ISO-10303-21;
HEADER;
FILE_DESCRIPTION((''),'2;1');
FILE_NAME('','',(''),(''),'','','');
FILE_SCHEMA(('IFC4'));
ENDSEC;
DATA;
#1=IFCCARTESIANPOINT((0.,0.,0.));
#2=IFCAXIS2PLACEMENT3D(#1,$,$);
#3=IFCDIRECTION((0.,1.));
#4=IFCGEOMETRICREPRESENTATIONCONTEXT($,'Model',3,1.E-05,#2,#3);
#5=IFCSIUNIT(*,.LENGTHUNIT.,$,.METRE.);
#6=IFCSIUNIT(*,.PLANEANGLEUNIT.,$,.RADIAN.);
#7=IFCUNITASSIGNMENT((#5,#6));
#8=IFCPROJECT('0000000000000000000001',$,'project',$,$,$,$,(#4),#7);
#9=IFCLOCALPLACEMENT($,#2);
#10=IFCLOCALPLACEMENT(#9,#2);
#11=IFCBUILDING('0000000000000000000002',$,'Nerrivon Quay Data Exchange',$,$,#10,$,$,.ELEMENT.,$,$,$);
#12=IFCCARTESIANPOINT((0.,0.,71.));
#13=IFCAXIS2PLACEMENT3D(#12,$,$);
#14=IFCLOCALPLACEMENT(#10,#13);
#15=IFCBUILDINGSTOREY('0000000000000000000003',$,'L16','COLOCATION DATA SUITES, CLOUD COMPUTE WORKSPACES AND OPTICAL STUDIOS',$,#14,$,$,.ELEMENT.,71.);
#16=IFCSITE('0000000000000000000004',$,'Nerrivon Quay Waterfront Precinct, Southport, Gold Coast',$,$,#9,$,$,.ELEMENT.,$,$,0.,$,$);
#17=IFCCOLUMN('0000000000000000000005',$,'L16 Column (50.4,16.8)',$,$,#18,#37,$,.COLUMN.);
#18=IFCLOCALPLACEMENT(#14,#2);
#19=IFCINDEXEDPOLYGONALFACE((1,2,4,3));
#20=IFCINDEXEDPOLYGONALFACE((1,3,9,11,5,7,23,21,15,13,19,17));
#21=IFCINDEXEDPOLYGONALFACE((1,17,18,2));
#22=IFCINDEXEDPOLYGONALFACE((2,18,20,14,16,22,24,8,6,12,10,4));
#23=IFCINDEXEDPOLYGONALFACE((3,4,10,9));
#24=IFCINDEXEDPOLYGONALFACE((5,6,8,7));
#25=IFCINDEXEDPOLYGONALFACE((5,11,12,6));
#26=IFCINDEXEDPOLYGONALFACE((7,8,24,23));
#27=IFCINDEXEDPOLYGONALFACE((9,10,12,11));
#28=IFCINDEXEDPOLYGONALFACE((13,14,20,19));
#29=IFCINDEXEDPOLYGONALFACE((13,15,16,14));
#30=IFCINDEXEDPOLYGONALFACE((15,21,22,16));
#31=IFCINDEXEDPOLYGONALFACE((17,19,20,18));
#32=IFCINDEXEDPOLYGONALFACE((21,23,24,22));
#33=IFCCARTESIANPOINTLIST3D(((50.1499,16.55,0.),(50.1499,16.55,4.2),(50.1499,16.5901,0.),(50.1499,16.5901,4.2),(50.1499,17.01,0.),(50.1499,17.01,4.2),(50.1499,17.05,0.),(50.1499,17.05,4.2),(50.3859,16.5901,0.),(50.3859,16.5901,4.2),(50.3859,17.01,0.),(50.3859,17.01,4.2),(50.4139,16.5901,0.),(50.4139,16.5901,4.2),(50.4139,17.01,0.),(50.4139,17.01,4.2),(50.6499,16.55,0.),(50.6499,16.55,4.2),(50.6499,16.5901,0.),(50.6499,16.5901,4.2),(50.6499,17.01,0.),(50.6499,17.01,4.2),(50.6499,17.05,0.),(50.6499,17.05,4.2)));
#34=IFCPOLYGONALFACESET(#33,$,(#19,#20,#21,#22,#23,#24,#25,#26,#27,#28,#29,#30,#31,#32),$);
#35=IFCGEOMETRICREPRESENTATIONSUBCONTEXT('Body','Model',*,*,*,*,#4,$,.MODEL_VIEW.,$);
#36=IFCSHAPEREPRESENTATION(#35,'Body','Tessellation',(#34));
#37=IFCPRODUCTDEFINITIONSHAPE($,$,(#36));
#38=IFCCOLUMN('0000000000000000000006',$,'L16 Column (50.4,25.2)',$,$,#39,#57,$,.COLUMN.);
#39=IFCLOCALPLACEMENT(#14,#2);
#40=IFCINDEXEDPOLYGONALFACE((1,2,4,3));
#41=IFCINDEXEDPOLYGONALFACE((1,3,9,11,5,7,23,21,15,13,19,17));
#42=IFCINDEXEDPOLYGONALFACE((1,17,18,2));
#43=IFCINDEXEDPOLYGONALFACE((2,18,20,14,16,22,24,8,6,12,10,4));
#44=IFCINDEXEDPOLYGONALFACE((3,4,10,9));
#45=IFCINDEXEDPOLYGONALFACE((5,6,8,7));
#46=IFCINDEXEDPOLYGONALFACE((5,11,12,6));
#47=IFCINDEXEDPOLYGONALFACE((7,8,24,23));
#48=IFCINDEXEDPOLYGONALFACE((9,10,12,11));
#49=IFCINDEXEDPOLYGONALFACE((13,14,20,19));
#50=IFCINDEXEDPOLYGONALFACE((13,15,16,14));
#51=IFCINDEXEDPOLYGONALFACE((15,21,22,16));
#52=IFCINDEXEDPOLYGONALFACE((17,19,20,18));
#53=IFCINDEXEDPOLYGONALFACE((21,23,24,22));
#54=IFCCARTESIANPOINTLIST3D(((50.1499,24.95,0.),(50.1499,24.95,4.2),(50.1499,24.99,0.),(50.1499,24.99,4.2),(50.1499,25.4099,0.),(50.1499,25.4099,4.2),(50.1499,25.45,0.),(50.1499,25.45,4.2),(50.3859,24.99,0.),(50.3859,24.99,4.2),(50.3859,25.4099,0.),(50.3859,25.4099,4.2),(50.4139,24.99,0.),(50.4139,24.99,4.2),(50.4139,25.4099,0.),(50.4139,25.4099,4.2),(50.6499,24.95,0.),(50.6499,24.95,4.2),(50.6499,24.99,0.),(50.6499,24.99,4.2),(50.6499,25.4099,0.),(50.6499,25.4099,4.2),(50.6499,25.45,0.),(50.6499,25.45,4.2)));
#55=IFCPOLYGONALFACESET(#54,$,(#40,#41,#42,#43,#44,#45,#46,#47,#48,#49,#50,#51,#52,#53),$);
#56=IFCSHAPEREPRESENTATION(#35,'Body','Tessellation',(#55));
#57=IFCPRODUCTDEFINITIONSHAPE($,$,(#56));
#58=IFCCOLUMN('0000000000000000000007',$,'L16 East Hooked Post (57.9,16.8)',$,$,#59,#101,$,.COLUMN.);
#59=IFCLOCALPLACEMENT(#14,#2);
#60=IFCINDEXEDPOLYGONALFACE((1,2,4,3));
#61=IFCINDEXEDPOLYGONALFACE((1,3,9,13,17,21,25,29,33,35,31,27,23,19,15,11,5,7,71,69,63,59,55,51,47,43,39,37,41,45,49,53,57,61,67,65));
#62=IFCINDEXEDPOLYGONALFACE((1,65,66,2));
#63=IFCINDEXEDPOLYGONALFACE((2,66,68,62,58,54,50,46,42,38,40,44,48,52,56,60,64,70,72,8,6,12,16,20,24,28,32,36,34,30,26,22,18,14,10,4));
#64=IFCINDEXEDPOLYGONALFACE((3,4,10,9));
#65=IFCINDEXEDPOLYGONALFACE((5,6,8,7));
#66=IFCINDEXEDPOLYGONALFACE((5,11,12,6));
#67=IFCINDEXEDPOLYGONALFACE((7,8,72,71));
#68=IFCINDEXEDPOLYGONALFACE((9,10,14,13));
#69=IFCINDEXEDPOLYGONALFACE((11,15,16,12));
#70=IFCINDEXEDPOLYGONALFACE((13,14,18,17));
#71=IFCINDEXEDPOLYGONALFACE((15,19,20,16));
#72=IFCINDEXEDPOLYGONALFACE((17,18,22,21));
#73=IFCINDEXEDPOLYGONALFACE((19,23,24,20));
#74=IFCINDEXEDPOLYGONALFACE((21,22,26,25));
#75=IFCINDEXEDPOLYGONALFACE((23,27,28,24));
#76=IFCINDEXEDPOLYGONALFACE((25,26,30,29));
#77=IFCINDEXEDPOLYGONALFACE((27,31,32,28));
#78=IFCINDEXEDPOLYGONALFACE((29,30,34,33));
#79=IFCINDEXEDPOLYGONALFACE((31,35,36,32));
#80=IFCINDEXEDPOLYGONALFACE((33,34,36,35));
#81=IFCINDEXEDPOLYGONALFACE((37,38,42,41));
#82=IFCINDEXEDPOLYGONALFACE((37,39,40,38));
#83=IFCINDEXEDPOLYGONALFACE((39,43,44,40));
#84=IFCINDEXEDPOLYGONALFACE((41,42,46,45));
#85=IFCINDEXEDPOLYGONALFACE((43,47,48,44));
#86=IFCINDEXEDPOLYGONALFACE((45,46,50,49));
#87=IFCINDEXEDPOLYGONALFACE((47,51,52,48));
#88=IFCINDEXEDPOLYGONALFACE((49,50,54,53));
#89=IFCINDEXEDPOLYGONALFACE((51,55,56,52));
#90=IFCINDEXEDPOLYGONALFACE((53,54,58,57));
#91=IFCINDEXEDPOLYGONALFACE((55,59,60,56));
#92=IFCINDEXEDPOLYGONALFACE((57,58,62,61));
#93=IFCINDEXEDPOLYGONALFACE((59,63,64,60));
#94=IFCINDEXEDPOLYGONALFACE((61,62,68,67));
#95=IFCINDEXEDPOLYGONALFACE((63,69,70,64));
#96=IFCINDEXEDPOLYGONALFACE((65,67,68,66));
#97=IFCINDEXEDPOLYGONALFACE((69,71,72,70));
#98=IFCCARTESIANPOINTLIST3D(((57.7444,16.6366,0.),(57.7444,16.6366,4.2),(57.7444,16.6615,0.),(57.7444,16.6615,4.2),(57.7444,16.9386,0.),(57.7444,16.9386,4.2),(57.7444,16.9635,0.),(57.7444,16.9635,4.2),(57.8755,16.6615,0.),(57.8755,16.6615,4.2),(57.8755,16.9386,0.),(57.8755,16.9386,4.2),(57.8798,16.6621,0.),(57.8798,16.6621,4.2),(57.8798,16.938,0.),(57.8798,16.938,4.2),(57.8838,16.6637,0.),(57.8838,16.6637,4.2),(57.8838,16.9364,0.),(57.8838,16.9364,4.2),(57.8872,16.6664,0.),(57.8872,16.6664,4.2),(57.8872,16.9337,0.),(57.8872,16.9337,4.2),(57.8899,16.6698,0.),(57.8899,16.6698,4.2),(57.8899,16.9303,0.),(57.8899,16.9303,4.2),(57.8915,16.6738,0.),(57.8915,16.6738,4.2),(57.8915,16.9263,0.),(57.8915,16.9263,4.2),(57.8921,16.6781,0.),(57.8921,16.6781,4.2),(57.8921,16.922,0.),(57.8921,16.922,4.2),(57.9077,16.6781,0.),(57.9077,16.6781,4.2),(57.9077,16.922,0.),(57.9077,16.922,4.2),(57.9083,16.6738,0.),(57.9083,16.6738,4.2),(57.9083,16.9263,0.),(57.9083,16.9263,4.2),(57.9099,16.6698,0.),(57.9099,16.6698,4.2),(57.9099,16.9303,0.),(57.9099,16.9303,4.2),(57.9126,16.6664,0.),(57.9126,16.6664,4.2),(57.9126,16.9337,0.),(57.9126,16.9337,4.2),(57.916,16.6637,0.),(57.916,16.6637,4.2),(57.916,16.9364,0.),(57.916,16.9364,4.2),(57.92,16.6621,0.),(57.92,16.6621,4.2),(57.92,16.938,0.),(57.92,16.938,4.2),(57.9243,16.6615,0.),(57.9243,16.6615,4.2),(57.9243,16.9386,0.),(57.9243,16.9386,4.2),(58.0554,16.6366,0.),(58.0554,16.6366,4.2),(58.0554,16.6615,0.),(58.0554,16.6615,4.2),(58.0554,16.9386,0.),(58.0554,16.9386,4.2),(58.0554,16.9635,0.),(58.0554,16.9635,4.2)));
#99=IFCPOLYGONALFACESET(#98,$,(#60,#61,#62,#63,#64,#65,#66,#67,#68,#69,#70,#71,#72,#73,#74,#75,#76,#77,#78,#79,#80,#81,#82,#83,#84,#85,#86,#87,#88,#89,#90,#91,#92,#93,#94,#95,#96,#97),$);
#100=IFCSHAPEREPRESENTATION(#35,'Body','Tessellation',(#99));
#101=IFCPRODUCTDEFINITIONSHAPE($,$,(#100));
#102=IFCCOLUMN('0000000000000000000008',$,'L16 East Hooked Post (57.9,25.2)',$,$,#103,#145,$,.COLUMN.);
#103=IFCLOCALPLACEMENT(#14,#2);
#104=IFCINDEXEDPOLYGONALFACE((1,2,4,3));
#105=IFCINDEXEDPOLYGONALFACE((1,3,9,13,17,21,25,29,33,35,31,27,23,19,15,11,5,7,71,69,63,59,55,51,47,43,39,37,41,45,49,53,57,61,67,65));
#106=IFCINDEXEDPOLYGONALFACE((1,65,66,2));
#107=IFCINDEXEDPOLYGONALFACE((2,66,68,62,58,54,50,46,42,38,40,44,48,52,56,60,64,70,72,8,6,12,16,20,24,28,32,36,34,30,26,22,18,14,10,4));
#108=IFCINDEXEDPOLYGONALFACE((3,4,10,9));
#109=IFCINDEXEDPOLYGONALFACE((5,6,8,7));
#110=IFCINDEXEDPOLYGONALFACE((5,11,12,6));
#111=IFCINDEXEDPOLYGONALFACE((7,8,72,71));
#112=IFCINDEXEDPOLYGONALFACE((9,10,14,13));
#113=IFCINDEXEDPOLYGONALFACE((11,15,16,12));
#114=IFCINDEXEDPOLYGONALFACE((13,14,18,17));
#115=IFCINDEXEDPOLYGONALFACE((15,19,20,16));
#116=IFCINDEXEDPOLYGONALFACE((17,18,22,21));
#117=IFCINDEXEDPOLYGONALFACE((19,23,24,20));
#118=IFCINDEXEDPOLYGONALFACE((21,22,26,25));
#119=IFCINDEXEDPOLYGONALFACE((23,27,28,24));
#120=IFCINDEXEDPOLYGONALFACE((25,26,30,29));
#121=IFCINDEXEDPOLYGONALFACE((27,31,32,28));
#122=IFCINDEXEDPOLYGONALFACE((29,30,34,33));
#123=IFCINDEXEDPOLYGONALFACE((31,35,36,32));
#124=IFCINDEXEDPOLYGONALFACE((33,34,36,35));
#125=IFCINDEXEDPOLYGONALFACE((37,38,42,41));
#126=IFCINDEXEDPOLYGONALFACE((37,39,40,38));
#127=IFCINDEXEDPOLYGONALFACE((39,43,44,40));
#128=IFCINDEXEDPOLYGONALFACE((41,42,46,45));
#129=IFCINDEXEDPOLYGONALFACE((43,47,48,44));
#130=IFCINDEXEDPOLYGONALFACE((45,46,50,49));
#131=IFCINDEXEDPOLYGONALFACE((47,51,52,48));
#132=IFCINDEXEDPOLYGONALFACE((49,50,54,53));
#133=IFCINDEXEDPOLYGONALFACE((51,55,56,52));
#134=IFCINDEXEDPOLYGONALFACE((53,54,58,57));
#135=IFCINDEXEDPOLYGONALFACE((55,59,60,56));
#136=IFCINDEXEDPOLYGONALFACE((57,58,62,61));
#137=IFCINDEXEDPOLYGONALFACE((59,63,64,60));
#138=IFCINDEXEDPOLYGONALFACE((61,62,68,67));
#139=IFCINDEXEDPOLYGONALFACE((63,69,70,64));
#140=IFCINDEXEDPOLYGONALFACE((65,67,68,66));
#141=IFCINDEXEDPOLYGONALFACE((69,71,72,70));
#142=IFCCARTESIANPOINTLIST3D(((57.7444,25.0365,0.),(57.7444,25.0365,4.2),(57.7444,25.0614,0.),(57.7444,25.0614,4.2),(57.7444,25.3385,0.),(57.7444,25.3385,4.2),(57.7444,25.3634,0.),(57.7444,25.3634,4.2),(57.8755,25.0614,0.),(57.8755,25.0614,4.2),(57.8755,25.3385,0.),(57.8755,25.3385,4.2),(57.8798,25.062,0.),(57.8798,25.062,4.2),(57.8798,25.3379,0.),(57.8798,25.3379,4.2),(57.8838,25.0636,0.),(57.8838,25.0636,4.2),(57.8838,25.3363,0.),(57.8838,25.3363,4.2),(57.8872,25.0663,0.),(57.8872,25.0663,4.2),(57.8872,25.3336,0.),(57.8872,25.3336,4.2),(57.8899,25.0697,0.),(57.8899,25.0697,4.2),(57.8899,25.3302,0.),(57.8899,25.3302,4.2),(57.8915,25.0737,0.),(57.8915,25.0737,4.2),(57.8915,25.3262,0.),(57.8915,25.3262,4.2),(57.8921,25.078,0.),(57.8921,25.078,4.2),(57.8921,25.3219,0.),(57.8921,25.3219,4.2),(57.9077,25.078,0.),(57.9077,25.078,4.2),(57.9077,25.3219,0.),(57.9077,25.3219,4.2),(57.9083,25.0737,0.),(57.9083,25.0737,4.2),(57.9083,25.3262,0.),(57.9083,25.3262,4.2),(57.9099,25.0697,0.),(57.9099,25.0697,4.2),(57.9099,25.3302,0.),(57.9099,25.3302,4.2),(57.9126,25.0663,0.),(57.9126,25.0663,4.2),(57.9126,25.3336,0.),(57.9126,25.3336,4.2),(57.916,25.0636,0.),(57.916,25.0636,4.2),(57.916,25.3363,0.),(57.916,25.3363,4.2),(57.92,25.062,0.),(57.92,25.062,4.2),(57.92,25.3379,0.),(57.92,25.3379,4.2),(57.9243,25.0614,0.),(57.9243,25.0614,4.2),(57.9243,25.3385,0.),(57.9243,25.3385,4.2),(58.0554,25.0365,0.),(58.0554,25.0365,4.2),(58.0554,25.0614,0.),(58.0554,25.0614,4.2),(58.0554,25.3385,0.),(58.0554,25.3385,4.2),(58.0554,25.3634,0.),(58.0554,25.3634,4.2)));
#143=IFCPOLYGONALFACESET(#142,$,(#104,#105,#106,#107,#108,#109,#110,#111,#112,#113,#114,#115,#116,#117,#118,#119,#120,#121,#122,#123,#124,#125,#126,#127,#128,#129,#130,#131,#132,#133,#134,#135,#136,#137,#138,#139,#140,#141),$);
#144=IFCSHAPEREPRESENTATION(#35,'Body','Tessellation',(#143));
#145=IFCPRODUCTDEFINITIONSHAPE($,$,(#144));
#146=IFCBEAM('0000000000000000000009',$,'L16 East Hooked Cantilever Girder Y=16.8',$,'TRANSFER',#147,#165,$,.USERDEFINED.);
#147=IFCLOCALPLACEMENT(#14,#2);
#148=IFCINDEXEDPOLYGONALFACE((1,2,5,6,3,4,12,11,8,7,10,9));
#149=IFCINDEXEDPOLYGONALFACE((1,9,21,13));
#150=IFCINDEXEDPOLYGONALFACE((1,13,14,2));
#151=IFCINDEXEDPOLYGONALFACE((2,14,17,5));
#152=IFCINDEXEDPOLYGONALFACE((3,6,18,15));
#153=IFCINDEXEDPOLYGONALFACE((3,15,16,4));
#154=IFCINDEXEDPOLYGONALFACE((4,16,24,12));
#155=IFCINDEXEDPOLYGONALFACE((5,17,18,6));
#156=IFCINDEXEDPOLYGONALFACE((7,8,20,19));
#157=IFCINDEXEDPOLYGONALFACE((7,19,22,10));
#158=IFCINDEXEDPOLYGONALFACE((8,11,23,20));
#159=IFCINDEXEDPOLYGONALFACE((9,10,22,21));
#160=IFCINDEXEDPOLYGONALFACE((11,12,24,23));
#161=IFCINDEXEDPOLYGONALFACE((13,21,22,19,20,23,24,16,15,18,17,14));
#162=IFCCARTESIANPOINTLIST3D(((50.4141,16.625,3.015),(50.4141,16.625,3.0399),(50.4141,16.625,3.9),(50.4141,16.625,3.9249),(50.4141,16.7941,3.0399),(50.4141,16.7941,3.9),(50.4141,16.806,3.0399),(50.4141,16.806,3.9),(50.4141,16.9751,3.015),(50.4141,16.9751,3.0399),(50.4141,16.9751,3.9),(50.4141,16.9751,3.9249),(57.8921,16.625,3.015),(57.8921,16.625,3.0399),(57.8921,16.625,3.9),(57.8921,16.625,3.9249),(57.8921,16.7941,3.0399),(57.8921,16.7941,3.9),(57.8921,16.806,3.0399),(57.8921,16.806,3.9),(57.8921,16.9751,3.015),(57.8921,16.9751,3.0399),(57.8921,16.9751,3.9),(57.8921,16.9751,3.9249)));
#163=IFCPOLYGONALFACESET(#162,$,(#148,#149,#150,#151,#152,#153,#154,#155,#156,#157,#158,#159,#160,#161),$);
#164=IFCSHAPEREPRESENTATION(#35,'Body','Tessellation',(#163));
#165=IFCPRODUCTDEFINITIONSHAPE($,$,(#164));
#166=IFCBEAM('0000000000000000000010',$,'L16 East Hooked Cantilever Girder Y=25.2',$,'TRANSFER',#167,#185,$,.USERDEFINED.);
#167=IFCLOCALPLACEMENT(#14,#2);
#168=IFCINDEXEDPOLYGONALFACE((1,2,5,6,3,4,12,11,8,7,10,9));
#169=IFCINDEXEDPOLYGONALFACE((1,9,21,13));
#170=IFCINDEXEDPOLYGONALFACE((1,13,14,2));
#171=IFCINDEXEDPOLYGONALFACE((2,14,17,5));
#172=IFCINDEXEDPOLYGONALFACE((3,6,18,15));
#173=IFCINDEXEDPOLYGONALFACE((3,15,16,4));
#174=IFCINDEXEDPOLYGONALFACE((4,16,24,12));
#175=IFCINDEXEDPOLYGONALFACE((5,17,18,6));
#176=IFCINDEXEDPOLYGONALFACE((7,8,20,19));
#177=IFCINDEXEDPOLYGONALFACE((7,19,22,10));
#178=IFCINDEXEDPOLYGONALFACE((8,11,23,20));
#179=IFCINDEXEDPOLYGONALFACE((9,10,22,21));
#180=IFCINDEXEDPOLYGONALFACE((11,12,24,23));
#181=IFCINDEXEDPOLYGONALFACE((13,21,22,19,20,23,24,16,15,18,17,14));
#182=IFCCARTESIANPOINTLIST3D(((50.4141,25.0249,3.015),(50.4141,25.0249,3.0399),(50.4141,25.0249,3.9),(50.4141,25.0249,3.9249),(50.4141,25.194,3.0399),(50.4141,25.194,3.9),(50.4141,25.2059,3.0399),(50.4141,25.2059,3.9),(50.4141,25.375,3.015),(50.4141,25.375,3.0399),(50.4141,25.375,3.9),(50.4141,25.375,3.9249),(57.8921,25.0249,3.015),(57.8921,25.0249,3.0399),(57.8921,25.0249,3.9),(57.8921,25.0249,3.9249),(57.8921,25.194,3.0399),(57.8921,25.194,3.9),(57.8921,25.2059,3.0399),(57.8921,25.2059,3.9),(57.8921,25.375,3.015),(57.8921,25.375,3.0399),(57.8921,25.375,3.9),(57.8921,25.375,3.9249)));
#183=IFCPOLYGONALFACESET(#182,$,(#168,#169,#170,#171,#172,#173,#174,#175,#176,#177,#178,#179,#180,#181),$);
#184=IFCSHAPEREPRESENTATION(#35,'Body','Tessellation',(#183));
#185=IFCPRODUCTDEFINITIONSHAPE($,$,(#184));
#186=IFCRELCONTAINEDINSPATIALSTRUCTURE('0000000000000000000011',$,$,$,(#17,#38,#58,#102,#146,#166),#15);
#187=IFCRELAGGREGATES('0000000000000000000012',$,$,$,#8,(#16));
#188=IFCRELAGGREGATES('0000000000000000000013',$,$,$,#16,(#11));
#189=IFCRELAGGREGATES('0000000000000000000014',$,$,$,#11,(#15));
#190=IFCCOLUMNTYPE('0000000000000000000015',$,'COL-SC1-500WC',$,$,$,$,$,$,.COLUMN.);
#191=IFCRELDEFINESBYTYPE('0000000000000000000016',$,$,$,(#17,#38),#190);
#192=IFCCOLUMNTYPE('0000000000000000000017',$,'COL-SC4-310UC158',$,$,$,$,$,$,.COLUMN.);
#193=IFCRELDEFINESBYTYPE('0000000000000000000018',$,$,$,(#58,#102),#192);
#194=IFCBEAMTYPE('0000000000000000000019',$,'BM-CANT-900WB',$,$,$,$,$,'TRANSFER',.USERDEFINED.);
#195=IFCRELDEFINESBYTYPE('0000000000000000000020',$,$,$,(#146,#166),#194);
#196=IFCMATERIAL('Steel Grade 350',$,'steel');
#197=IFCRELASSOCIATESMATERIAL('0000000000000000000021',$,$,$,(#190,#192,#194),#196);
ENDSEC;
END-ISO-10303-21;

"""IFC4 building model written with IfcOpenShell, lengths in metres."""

from ifc_helpers import new_model, si_unit, direction, frame, origin, origin_2d, place, context, subcontext, project, spatial, i_section, extrude, material, material_profile, profile_set, type_object, element, save


model = new_model("IFC4")

# Units and contexts
model_context = context("Model", 3, precision=1e-05, world=origin(), true_north=direction((0.0, 1.0)))
body_context = subcontext(model_context, "Body", "Model", "MODEL_VIEW")
ifc_project = project(units=[si_unit("LENGTHUNIT", "METRE"), si_unit("PLANEANGLEUNIT", "RADIAN")], contexts=[model_context])

# Site, building, storey
site_placement = place(None, origin())
site = spatial("IfcSite", under=ifc_project, at=site_placement, Name="Nerrivon Quay Waterfront Precinct, Southport, Gold Coast", CompositionType="ELEMENT", RefElevation=0.0)
building_placement = place(site_placement, origin())
building = spatial("IfcBuilding", under=site, at=building_placement, Name="Nerrivon Quay Data Exchange", CompositionType="ELEMENT")
storey_placement = place(building_placement, frame((0.0, 0.0, 71.0)))
storey = spatial("IfcBuildingStorey", under=building, at=storey_placement, Name="L16", Description="COLOCATION DATA SUITES, CLOUD COMPUTE WORKSPACES AND OPTICAL STUDIOS", CompositionType="ELEMENT", Elevation=71.0)

# Columns
ifc_material_1 = material(Name="Steel Grade 350", Category="steel")
ifc_material_profile_1 = material_profile(ifc_material_1, i_section(OverallWidth=0.5, OverallDepth=0.5, WebThickness=0.0281, FlangeThickness=0.04, at=origin_2d()), Name="500WC440")
ifc_profile_set_1 = profile_set([ifc_material_profile_1], Name="Steel Grade 350")
column_type_1 = type_object("IfcColumnType", Name="COL-SC1-500WC", PredefinedType="COLUMN", material=ifc_profile_set_1)
for number, where, z_axis, x_axis, name in (
    (1, (50.3999, 16.8, 0.0), (0.0, 0.0, 1.0), (1.0, 0.0, 0.0), "L16 Column (50.4,16.8)"),
    (2, (50.3999, 25.2, 0.0), (0.0, 0.0, 1.0), (1.0, 0.0, 0.0), "L16 Column (50.4,25.2)"),
):
    element("IfcColumn", number, at=place(storey_placement, frame(where, z_axis=z_axis, x_axis=x_axis)), inside=storey, type_object=column_type_1, Name=name, PredefinedType="COLUMN", context=body_context, shape_type="SweptSolid", body=[
        extrude(i_section(OverallWidth=0.5, OverallDepth=0.5, WebThickness=0.0281, FlangeThickness=0.04, at=origin_2d()), origin(), (0.0, 0.0, 1.0), 4.2),
    ])
ifc_material_profile_2 = material_profile(ifc_material_1, i_section(OverallWidth=0.311, OverallDepth=0.3269, WebThickness=0.0156, FlangeThickness=0.0249, FilletRadius=0.0166, at=origin_2d()), Name="310UC158")
ifc_profile_set_2 = profile_set([ifc_material_profile_2], Name="Steel Grade 350")
column_type_2 = type_object("IfcColumnType", Name="COL-SC4-310UC158", PredefinedType="COLUMN", material=ifc_profile_set_2)
for number, where, z_axis, x_axis, name in (
    (3, (57.8999, 16.8, 0.0), (0.0, 0.0, 1.0), (1.0, 0.0, 0.0), "L16 East Hooked Post (57.9,16.8)"),
    (4, (57.8999, 25.2, 0.0), (0.0, 0.0, 1.0), (1.0, 0.0, 0.0), "L16 East Hooked Post (57.9,25.2)"),
):
    element("IfcColumn", number, at=place(storey_placement, frame(where, z_axis=z_axis, x_axis=x_axis)), inside=storey, type_object=column_type_2, Name=name, PredefinedType="COLUMN", context=body_context, shape_type="SweptSolid", body=[
        extrude(i_section(OverallWidth=0.311, OverallDepth=0.3269, WebThickness=0.0156, FlangeThickness=0.0249, FilletRadius=0.0166, at=origin_2d()), origin(), (0.0, 0.0, 1.0), 4.2),
    ])

# Beams
ifc_material_profile_3 = material_profile(ifc_material_1, i_section(OverallWidth=0.3501, OverallDepth=0.9099, WebThickness=0.012, FlangeThickness=0.0249, at=origin_2d()), Name="900WB218")
ifc_profile_set_3 = profile_set([ifc_material_profile_3], Name="Steel Grade 350")
beam_type_1 = type_object("IfcBeamType", Name="BM-CANT-900WB", ElementType="TRANSFER", PredefinedType="USERDEFINED", material=ifc_profile_set_3)
for number, where, z_axis, x_axis, name in (
    (5, (50.4141, 16.8, 3.47), (1.0, 0.0, 0.0), (0.0, 1.0, 0.0), "L16 East Hooked Cantilever Girder Y=16.8"),
    (6, (50.4141, 25.2, 3.47), (1.0, 0.0, 0.0), (0.0, 1.0, 0.0), "L16 East Hooked Cantilever Girder Y=25.2"),
):
    element("IfcBeam", number, at=place(storey_placement, frame(where, z_axis=z_axis, x_axis=x_axis)), inside=storey, type_object=beam_type_1, Name=name, ObjectType="TRANSFER", PredefinedType="USERDEFINED", context=body_context, shape_type="SweptSolid", body=[
        extrude(i_section(OverallWidth=0.3501, OverallDepth=0.9099, WebThickness=0.012, FlangeThickness=0.0249, at=origin_2d()), origin(), (0.0, 0.0, 1.0), 7.478),
    ])

save(model, "model.ifc")
